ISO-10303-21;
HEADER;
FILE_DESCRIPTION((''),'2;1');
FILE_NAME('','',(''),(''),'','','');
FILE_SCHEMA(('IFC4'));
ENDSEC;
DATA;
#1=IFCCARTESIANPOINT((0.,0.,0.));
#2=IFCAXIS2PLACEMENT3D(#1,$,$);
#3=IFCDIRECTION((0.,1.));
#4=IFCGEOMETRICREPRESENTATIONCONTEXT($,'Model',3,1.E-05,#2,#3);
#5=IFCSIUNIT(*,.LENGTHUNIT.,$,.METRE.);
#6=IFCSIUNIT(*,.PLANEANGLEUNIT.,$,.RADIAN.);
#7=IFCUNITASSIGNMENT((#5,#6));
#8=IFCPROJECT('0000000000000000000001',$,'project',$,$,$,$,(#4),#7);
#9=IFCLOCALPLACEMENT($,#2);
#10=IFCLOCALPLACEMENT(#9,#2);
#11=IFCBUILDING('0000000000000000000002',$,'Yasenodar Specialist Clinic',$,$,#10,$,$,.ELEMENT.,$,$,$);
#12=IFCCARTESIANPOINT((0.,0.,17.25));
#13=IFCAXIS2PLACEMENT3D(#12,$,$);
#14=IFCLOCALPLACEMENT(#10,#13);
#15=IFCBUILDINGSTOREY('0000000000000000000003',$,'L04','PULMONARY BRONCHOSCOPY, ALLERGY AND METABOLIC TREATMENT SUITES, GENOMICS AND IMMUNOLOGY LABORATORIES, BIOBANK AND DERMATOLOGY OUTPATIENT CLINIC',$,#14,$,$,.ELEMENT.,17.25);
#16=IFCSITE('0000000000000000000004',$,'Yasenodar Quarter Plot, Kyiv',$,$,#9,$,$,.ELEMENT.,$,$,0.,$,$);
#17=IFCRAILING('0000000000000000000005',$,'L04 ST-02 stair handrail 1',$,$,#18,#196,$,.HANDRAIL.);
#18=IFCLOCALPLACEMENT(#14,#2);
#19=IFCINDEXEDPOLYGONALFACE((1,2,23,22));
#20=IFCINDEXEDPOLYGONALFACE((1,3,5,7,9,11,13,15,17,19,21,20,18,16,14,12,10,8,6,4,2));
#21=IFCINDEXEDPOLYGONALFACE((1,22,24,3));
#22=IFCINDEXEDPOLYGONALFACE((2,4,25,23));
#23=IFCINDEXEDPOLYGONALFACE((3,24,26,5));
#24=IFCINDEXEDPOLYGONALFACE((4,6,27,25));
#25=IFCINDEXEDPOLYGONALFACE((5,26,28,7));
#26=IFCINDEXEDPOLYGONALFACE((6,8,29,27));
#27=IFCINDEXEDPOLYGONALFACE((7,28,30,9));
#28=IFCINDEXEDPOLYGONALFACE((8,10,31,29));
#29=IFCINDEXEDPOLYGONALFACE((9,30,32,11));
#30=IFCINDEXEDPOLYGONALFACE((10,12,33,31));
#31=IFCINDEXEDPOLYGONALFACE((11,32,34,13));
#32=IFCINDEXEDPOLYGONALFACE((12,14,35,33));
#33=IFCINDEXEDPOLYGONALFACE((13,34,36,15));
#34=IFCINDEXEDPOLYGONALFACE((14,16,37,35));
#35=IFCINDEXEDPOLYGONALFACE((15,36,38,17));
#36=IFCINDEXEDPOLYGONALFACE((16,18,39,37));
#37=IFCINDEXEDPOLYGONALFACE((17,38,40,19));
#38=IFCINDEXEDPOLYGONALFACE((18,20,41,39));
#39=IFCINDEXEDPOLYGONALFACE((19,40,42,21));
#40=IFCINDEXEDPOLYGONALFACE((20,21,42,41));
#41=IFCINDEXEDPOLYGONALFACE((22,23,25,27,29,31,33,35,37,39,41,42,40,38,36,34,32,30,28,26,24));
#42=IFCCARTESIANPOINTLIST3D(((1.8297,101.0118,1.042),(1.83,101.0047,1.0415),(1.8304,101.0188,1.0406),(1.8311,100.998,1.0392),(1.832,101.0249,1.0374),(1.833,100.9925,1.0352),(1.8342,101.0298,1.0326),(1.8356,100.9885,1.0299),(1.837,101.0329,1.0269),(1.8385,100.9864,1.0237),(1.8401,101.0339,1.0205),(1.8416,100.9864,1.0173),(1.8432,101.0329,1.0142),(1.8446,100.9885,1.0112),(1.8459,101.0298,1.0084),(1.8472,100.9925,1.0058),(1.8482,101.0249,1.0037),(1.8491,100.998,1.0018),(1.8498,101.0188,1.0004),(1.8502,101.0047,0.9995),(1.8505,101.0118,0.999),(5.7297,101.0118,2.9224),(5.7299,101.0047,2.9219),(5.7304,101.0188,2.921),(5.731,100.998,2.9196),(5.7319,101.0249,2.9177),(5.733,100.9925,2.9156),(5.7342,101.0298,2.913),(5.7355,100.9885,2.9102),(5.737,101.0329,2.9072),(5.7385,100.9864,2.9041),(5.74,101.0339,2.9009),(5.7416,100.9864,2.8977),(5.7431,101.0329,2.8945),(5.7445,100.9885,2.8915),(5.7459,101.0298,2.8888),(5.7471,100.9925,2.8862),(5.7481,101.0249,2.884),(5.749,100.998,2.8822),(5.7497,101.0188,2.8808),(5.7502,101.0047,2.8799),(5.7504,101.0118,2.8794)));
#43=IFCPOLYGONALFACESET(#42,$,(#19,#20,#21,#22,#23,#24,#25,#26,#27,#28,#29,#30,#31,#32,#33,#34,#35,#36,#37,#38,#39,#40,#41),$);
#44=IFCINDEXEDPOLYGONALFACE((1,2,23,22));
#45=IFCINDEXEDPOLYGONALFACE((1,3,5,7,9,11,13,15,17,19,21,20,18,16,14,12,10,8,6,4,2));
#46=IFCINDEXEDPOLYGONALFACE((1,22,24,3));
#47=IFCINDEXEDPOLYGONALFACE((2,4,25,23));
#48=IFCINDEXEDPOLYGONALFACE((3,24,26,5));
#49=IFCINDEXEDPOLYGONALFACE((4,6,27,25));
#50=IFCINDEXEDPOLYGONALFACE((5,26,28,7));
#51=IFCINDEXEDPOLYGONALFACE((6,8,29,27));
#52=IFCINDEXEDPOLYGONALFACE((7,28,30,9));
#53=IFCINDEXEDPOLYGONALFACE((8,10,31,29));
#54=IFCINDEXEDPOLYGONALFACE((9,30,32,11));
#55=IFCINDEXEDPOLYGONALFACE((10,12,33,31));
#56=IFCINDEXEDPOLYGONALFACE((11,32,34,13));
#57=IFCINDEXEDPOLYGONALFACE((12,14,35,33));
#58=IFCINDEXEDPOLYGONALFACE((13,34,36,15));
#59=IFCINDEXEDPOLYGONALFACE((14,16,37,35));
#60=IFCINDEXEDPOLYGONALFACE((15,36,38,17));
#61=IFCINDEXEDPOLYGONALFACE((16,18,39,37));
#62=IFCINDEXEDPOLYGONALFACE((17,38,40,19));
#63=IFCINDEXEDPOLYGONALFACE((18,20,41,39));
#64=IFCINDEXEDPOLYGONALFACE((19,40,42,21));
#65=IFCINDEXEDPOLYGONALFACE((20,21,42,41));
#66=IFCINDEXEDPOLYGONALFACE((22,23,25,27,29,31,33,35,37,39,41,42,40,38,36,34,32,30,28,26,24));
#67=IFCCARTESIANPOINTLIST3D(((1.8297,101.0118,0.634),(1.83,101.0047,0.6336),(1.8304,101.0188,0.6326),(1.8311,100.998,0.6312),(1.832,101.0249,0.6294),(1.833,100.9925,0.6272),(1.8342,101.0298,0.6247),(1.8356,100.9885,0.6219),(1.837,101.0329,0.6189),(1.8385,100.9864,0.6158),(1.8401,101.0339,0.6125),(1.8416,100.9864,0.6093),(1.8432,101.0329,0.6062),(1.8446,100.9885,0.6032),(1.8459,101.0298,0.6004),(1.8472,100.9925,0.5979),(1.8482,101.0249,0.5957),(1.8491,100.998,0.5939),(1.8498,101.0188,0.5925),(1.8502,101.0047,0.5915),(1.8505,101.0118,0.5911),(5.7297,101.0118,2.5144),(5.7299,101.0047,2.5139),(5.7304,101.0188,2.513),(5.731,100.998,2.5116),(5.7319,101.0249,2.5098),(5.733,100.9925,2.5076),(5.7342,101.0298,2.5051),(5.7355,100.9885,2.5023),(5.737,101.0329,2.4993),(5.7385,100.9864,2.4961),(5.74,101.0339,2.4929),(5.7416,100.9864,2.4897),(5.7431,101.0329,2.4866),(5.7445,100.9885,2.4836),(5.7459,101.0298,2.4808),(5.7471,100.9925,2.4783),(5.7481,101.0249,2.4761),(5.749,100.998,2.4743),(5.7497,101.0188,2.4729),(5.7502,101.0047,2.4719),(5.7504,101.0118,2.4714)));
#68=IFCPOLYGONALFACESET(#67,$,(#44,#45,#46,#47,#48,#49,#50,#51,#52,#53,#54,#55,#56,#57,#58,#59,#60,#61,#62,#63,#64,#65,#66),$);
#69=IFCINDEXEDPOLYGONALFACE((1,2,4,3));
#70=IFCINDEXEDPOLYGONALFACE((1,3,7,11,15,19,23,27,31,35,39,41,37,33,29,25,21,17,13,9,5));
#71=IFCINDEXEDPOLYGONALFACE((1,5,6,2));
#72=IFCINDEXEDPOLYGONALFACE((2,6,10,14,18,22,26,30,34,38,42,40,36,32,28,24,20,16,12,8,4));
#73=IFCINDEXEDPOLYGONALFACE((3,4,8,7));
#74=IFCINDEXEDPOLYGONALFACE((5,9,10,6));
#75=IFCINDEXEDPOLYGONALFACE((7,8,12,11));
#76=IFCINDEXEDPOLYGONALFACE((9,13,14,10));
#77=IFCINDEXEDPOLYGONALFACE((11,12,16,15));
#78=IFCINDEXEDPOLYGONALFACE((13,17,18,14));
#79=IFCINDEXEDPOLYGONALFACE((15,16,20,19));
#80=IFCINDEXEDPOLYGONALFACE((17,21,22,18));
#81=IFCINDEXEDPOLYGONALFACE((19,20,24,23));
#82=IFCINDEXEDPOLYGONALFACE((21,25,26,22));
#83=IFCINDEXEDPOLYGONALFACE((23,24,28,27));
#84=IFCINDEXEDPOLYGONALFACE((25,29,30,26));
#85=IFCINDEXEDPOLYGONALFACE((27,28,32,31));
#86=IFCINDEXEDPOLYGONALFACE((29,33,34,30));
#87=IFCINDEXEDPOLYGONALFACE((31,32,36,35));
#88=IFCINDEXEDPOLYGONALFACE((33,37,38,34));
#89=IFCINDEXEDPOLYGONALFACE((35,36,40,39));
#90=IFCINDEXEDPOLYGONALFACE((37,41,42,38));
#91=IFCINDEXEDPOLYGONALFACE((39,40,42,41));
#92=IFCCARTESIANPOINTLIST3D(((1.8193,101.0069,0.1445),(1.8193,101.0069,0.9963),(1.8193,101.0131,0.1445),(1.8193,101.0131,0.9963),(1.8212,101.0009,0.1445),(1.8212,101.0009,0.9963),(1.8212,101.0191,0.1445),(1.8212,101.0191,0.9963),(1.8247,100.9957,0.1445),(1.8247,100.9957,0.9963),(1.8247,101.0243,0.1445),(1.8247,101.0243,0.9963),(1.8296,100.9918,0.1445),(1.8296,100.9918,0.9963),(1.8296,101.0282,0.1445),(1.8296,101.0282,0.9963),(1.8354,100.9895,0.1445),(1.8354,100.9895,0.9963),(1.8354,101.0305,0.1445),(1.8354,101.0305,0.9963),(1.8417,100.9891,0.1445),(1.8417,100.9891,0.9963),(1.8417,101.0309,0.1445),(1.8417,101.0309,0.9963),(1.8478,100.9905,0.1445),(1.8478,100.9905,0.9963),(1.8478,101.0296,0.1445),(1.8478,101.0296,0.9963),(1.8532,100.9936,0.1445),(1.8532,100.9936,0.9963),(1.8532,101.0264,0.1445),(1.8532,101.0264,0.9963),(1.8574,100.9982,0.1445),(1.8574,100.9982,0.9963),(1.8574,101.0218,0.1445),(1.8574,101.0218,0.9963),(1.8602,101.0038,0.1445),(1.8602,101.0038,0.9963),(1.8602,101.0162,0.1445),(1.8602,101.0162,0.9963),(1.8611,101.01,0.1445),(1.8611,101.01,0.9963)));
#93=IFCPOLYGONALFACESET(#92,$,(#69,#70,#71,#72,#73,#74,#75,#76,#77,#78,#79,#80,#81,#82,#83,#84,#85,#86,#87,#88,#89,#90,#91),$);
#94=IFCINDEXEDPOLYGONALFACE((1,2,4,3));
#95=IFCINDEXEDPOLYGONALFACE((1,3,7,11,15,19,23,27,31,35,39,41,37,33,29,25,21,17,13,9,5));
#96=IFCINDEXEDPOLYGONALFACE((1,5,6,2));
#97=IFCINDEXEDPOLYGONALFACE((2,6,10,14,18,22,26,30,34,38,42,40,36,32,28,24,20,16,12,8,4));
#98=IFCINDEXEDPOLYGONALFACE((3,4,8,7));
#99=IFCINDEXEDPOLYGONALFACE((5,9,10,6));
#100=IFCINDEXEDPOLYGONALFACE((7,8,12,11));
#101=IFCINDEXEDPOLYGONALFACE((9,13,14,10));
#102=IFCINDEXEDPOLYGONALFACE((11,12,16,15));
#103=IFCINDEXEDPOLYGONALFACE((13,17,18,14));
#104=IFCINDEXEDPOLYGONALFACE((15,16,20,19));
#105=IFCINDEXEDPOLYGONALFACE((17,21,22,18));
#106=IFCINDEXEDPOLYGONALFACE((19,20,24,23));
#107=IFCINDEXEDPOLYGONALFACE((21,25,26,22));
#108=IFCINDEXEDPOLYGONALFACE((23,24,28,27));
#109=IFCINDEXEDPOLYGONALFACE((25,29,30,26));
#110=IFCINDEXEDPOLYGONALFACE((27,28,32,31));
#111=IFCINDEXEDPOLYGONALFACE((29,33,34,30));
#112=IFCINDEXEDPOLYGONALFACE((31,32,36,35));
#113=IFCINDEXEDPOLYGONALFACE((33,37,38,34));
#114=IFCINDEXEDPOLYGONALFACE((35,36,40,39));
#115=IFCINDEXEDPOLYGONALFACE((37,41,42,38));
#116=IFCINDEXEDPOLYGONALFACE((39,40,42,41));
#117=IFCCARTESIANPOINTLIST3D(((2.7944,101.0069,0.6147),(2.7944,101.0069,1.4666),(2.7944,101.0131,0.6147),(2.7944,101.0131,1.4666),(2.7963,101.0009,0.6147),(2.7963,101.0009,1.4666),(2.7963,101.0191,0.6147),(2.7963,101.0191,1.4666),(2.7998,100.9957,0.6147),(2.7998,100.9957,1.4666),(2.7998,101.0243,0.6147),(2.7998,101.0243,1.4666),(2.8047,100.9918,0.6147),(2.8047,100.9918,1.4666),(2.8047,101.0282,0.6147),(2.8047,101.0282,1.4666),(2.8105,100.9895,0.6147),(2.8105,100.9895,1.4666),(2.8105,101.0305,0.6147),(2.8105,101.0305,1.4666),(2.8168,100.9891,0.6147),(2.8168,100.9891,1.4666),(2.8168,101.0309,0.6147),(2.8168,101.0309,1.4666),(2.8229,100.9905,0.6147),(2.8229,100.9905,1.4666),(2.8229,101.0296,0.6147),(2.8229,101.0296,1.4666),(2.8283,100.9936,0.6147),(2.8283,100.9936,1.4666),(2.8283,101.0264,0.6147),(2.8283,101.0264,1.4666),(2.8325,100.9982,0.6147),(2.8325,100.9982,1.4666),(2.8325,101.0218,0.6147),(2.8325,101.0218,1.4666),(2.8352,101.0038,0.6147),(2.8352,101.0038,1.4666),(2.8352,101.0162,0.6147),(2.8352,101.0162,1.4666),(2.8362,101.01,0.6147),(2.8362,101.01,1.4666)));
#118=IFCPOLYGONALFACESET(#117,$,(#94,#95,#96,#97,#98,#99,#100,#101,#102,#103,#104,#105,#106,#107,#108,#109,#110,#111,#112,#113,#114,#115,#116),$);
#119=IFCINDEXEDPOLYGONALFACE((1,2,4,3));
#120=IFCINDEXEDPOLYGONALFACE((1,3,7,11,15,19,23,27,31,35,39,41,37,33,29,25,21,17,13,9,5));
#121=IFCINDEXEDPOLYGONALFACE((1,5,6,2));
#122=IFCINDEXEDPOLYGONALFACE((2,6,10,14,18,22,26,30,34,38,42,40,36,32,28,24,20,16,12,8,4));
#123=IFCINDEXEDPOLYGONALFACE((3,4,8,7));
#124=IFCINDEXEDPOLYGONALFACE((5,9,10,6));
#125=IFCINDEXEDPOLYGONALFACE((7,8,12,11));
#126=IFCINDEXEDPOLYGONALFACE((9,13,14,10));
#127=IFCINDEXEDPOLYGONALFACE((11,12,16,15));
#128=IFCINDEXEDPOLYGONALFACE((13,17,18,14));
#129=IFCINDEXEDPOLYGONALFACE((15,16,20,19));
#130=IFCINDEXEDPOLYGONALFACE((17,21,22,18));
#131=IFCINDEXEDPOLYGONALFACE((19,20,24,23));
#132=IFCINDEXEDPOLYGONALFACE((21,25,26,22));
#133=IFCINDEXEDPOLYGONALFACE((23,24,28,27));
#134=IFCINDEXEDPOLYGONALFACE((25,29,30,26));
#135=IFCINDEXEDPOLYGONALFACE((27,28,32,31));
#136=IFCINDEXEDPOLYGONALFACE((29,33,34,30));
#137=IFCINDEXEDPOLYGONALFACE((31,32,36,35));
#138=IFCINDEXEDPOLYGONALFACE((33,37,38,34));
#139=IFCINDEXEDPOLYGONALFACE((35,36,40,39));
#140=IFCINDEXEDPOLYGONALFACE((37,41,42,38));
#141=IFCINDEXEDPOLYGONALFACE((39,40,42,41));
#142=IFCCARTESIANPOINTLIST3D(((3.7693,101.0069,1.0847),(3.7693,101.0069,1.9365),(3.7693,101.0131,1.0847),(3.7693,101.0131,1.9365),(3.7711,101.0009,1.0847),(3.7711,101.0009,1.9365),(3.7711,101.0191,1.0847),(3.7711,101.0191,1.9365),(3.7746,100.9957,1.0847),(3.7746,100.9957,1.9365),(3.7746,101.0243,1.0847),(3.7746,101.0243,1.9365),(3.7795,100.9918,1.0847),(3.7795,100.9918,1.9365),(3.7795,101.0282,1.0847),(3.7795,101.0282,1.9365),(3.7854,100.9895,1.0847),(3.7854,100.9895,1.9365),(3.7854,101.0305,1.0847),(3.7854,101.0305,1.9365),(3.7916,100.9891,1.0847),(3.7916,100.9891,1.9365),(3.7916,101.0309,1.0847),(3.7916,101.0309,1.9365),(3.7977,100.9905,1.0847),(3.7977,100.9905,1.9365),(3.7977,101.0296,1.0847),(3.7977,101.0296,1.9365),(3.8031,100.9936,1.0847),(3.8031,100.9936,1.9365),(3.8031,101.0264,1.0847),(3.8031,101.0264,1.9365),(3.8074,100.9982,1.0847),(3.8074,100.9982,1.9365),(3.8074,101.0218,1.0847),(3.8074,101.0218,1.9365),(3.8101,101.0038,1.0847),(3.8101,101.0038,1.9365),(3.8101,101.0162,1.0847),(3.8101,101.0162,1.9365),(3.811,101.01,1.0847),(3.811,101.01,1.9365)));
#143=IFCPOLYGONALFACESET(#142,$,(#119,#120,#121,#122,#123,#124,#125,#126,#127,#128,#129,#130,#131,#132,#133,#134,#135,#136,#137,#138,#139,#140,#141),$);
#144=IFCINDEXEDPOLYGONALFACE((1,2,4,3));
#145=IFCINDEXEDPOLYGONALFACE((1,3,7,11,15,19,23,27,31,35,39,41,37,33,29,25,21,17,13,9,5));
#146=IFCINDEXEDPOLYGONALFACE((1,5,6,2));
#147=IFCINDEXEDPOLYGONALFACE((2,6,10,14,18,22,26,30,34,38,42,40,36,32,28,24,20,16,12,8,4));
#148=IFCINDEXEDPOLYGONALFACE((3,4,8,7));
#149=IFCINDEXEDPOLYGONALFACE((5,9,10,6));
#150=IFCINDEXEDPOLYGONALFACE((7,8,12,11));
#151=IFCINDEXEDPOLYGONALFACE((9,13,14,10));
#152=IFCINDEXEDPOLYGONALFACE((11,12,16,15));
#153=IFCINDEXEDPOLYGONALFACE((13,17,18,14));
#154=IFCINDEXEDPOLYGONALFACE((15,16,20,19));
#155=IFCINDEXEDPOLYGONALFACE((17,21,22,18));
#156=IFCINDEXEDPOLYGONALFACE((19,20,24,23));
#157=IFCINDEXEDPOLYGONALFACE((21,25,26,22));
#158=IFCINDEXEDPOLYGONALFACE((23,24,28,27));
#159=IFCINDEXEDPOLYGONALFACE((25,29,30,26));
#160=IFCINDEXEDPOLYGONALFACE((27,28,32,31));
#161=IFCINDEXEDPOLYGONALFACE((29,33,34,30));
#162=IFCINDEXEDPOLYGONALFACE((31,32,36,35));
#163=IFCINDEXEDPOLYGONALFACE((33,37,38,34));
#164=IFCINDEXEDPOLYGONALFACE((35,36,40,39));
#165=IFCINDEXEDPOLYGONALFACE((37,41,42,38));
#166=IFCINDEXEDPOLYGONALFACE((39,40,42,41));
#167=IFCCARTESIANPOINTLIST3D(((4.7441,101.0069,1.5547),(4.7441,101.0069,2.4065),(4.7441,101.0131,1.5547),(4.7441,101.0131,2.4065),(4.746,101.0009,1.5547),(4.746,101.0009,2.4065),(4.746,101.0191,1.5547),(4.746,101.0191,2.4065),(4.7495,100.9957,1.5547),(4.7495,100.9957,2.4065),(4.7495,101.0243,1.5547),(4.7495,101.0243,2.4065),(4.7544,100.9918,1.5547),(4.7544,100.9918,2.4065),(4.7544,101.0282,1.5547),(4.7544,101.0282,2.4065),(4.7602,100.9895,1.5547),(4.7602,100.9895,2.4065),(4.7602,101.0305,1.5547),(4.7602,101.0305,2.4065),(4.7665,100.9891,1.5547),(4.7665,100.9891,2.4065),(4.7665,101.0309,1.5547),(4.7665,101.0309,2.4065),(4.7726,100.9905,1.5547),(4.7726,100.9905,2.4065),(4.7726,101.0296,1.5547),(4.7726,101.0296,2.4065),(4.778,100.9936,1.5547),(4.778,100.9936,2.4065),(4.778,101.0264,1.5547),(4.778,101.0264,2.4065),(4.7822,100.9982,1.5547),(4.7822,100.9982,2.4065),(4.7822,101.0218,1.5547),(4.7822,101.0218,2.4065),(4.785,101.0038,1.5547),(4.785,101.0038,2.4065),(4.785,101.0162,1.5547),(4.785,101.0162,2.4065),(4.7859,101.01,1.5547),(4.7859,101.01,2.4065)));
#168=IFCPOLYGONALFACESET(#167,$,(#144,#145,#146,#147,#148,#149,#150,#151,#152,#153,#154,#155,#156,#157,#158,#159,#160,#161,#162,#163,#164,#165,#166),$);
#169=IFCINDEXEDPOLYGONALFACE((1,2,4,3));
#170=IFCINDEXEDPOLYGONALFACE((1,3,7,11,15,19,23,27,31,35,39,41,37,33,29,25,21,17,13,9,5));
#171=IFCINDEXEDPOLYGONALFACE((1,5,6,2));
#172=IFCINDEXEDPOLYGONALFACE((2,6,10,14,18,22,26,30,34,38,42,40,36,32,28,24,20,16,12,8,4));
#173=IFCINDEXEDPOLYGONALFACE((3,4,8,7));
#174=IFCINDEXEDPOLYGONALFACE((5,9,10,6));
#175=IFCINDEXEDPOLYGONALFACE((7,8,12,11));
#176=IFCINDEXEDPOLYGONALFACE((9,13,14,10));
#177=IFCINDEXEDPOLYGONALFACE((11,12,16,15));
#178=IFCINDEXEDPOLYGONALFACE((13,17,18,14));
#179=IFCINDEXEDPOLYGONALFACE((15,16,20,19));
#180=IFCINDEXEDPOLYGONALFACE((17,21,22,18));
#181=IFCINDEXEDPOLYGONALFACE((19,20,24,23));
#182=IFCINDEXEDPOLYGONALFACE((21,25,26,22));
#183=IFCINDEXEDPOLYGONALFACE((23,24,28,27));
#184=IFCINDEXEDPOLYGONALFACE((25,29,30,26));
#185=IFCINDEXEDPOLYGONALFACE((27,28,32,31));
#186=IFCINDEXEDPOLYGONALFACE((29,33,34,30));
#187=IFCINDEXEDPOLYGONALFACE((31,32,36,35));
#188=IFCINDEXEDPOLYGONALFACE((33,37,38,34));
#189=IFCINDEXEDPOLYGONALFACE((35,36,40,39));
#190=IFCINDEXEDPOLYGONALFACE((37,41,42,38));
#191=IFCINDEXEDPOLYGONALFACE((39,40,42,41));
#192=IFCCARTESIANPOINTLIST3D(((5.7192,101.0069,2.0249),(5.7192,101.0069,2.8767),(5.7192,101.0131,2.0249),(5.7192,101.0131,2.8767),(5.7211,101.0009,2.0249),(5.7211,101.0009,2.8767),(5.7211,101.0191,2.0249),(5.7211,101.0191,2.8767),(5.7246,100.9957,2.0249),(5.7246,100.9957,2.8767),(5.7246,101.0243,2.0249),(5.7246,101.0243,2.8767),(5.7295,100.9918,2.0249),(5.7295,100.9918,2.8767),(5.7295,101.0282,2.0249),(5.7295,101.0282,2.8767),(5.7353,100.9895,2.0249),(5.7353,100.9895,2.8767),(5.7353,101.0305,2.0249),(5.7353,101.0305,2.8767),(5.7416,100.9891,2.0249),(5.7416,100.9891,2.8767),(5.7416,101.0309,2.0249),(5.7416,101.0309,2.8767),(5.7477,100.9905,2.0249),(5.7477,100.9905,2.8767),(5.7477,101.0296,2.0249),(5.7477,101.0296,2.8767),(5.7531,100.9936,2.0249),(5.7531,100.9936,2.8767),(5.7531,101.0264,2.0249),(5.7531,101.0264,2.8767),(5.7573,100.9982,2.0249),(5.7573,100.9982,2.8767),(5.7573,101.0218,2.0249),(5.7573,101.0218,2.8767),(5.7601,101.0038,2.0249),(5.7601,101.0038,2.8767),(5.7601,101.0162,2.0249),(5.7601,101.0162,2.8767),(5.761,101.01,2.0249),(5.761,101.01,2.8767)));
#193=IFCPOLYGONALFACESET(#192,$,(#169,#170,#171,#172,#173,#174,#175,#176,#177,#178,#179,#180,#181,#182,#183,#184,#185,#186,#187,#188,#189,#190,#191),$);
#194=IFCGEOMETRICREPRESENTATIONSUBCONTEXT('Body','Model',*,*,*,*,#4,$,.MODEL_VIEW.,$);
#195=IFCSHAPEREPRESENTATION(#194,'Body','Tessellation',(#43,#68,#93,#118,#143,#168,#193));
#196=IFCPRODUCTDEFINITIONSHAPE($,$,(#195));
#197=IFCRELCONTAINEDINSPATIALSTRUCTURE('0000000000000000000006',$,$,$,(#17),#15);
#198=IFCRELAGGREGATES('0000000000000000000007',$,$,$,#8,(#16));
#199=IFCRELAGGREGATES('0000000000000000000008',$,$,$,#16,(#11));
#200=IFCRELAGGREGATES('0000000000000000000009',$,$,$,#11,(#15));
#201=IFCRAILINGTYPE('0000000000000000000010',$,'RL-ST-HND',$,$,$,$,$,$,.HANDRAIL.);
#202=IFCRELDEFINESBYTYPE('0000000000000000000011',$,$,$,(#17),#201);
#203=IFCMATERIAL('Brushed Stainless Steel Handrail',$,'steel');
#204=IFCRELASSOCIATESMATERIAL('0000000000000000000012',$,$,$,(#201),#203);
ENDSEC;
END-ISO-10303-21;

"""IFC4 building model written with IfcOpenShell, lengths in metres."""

from ifc_helpers import new_model, si_unit, direction, frame, origin, origin_2d, place, context, subcontext, project, spatial, circle, extrude, material, type_object, element, save


model = new_model("IFC4")

# Units and contexts
model_context = context("Model", 3, precision=1e-05, world=origin(), true_north=direction((0.0, 1.0)))
body_context = subcontext(model_context, "Body", "Model", "MODEL_VIEW")
ifc_project = project(units=[si_unit("LENGTHUNIT", "METRE"), si_unit("PLANEANGLEUNIT", "RADIAN")], contexts=[model_context])

# Site, building, storey
site_placement = place(None, origin())
site = spatial("IfcSite", under=ifc_project, at=site_placement, Name="Yasenodar Quarter Plot, Kyiv", CompositionType="ELEMENT", RefElevation=0.0)
building_placement = place(site_placement, origin())
building = spatial("IfcBuilding", under=site, at=building_placement, Name="Yasenodar Specialist Clinic", CompositionType="ELEMENT")
storey_placement = place(building_placement, frame((0.0, 0.0, 17.25)))
storey = spatial("IfcBuildingStorey", under=building, at=storey_placement, Name="L04", Description="PULMONARY BRONCHOSCOPY, ALLERGY AND METABOLIC TREATMENT SUITES, GENOMICS AND IMMUNOLOGY LABORATORIES, BIOBANK AND DERMATOLOGY OUTPATIENT CLINIC", CompositionType="ELEMENT", Elevation=17.25)

# Railing
ifc_material_1 = material(Name="Brushed Stainless Steel Handrail", Category="steel")
railing_type_1 = type_object("IfcRailingType", Name="RL-ST-HND", PredefinedType="HANDRAIL", material=ifc_material_1)
railing_1_placement = place(storey_placement, frame((1.8401, 101.01, 0.1445)))
element("IfcRailing", 1, at=railing_1_placement, inside=storey, type_object=railing_type_1, Name="L04 ST-02 stair handrail 1", PredefinedType="HANDRAIL", context=body_context, shape_type="SweptSolid", body=[
    extrude(circle(Radius=0.0239, at=origin_2d()), frame((0.0, 0.0, 0.876), z_axis=(0.900763, 0.0, 0.434311), x_axis=(0.0, 1.0, 0.0)), (0.0, 0.0, 1.0), 4.3296),
    extrude(circle(Radius=0.0239, at=origin_2d()), frame((0.0, 0.0, 0.468), z_axis=(0.900763, 0.0, 0.434311), x_axis=(0.0, 1.0, 0.0)), (0.0, 0.0, 1.0), 4.3296),
    extrude(circle(Radius=0.021, at=origin_2d()), origin(), (0.0, 0.0, 1.0), 0.8518),
    extrude(circle(Radius=0.021, at=origin_2d()), frame((0.9751, 0.0, 0.4702)), (0.0, 0.0, 1.0), 0.8518),
    extrude(circle(Radius=0.021, at=origin_2d()), frame((1.95, 0.0, 0.9402)), (0.0, 0.0, 1.0), 0.8518),
    extrude(circle(Radius=0.021, at=origin_2d()), frame((2.9248, 0.0, 1.4102)), (0.0, 0.0, 1.0), 0.8518),
    extrude(circle(Radius=0.021, at=origin_2d()), frame((3.8999, 0.0, 1.8804)), (0.0, 0.0, 1.0), 0.8518),
])

save(model, "model.ifc")
